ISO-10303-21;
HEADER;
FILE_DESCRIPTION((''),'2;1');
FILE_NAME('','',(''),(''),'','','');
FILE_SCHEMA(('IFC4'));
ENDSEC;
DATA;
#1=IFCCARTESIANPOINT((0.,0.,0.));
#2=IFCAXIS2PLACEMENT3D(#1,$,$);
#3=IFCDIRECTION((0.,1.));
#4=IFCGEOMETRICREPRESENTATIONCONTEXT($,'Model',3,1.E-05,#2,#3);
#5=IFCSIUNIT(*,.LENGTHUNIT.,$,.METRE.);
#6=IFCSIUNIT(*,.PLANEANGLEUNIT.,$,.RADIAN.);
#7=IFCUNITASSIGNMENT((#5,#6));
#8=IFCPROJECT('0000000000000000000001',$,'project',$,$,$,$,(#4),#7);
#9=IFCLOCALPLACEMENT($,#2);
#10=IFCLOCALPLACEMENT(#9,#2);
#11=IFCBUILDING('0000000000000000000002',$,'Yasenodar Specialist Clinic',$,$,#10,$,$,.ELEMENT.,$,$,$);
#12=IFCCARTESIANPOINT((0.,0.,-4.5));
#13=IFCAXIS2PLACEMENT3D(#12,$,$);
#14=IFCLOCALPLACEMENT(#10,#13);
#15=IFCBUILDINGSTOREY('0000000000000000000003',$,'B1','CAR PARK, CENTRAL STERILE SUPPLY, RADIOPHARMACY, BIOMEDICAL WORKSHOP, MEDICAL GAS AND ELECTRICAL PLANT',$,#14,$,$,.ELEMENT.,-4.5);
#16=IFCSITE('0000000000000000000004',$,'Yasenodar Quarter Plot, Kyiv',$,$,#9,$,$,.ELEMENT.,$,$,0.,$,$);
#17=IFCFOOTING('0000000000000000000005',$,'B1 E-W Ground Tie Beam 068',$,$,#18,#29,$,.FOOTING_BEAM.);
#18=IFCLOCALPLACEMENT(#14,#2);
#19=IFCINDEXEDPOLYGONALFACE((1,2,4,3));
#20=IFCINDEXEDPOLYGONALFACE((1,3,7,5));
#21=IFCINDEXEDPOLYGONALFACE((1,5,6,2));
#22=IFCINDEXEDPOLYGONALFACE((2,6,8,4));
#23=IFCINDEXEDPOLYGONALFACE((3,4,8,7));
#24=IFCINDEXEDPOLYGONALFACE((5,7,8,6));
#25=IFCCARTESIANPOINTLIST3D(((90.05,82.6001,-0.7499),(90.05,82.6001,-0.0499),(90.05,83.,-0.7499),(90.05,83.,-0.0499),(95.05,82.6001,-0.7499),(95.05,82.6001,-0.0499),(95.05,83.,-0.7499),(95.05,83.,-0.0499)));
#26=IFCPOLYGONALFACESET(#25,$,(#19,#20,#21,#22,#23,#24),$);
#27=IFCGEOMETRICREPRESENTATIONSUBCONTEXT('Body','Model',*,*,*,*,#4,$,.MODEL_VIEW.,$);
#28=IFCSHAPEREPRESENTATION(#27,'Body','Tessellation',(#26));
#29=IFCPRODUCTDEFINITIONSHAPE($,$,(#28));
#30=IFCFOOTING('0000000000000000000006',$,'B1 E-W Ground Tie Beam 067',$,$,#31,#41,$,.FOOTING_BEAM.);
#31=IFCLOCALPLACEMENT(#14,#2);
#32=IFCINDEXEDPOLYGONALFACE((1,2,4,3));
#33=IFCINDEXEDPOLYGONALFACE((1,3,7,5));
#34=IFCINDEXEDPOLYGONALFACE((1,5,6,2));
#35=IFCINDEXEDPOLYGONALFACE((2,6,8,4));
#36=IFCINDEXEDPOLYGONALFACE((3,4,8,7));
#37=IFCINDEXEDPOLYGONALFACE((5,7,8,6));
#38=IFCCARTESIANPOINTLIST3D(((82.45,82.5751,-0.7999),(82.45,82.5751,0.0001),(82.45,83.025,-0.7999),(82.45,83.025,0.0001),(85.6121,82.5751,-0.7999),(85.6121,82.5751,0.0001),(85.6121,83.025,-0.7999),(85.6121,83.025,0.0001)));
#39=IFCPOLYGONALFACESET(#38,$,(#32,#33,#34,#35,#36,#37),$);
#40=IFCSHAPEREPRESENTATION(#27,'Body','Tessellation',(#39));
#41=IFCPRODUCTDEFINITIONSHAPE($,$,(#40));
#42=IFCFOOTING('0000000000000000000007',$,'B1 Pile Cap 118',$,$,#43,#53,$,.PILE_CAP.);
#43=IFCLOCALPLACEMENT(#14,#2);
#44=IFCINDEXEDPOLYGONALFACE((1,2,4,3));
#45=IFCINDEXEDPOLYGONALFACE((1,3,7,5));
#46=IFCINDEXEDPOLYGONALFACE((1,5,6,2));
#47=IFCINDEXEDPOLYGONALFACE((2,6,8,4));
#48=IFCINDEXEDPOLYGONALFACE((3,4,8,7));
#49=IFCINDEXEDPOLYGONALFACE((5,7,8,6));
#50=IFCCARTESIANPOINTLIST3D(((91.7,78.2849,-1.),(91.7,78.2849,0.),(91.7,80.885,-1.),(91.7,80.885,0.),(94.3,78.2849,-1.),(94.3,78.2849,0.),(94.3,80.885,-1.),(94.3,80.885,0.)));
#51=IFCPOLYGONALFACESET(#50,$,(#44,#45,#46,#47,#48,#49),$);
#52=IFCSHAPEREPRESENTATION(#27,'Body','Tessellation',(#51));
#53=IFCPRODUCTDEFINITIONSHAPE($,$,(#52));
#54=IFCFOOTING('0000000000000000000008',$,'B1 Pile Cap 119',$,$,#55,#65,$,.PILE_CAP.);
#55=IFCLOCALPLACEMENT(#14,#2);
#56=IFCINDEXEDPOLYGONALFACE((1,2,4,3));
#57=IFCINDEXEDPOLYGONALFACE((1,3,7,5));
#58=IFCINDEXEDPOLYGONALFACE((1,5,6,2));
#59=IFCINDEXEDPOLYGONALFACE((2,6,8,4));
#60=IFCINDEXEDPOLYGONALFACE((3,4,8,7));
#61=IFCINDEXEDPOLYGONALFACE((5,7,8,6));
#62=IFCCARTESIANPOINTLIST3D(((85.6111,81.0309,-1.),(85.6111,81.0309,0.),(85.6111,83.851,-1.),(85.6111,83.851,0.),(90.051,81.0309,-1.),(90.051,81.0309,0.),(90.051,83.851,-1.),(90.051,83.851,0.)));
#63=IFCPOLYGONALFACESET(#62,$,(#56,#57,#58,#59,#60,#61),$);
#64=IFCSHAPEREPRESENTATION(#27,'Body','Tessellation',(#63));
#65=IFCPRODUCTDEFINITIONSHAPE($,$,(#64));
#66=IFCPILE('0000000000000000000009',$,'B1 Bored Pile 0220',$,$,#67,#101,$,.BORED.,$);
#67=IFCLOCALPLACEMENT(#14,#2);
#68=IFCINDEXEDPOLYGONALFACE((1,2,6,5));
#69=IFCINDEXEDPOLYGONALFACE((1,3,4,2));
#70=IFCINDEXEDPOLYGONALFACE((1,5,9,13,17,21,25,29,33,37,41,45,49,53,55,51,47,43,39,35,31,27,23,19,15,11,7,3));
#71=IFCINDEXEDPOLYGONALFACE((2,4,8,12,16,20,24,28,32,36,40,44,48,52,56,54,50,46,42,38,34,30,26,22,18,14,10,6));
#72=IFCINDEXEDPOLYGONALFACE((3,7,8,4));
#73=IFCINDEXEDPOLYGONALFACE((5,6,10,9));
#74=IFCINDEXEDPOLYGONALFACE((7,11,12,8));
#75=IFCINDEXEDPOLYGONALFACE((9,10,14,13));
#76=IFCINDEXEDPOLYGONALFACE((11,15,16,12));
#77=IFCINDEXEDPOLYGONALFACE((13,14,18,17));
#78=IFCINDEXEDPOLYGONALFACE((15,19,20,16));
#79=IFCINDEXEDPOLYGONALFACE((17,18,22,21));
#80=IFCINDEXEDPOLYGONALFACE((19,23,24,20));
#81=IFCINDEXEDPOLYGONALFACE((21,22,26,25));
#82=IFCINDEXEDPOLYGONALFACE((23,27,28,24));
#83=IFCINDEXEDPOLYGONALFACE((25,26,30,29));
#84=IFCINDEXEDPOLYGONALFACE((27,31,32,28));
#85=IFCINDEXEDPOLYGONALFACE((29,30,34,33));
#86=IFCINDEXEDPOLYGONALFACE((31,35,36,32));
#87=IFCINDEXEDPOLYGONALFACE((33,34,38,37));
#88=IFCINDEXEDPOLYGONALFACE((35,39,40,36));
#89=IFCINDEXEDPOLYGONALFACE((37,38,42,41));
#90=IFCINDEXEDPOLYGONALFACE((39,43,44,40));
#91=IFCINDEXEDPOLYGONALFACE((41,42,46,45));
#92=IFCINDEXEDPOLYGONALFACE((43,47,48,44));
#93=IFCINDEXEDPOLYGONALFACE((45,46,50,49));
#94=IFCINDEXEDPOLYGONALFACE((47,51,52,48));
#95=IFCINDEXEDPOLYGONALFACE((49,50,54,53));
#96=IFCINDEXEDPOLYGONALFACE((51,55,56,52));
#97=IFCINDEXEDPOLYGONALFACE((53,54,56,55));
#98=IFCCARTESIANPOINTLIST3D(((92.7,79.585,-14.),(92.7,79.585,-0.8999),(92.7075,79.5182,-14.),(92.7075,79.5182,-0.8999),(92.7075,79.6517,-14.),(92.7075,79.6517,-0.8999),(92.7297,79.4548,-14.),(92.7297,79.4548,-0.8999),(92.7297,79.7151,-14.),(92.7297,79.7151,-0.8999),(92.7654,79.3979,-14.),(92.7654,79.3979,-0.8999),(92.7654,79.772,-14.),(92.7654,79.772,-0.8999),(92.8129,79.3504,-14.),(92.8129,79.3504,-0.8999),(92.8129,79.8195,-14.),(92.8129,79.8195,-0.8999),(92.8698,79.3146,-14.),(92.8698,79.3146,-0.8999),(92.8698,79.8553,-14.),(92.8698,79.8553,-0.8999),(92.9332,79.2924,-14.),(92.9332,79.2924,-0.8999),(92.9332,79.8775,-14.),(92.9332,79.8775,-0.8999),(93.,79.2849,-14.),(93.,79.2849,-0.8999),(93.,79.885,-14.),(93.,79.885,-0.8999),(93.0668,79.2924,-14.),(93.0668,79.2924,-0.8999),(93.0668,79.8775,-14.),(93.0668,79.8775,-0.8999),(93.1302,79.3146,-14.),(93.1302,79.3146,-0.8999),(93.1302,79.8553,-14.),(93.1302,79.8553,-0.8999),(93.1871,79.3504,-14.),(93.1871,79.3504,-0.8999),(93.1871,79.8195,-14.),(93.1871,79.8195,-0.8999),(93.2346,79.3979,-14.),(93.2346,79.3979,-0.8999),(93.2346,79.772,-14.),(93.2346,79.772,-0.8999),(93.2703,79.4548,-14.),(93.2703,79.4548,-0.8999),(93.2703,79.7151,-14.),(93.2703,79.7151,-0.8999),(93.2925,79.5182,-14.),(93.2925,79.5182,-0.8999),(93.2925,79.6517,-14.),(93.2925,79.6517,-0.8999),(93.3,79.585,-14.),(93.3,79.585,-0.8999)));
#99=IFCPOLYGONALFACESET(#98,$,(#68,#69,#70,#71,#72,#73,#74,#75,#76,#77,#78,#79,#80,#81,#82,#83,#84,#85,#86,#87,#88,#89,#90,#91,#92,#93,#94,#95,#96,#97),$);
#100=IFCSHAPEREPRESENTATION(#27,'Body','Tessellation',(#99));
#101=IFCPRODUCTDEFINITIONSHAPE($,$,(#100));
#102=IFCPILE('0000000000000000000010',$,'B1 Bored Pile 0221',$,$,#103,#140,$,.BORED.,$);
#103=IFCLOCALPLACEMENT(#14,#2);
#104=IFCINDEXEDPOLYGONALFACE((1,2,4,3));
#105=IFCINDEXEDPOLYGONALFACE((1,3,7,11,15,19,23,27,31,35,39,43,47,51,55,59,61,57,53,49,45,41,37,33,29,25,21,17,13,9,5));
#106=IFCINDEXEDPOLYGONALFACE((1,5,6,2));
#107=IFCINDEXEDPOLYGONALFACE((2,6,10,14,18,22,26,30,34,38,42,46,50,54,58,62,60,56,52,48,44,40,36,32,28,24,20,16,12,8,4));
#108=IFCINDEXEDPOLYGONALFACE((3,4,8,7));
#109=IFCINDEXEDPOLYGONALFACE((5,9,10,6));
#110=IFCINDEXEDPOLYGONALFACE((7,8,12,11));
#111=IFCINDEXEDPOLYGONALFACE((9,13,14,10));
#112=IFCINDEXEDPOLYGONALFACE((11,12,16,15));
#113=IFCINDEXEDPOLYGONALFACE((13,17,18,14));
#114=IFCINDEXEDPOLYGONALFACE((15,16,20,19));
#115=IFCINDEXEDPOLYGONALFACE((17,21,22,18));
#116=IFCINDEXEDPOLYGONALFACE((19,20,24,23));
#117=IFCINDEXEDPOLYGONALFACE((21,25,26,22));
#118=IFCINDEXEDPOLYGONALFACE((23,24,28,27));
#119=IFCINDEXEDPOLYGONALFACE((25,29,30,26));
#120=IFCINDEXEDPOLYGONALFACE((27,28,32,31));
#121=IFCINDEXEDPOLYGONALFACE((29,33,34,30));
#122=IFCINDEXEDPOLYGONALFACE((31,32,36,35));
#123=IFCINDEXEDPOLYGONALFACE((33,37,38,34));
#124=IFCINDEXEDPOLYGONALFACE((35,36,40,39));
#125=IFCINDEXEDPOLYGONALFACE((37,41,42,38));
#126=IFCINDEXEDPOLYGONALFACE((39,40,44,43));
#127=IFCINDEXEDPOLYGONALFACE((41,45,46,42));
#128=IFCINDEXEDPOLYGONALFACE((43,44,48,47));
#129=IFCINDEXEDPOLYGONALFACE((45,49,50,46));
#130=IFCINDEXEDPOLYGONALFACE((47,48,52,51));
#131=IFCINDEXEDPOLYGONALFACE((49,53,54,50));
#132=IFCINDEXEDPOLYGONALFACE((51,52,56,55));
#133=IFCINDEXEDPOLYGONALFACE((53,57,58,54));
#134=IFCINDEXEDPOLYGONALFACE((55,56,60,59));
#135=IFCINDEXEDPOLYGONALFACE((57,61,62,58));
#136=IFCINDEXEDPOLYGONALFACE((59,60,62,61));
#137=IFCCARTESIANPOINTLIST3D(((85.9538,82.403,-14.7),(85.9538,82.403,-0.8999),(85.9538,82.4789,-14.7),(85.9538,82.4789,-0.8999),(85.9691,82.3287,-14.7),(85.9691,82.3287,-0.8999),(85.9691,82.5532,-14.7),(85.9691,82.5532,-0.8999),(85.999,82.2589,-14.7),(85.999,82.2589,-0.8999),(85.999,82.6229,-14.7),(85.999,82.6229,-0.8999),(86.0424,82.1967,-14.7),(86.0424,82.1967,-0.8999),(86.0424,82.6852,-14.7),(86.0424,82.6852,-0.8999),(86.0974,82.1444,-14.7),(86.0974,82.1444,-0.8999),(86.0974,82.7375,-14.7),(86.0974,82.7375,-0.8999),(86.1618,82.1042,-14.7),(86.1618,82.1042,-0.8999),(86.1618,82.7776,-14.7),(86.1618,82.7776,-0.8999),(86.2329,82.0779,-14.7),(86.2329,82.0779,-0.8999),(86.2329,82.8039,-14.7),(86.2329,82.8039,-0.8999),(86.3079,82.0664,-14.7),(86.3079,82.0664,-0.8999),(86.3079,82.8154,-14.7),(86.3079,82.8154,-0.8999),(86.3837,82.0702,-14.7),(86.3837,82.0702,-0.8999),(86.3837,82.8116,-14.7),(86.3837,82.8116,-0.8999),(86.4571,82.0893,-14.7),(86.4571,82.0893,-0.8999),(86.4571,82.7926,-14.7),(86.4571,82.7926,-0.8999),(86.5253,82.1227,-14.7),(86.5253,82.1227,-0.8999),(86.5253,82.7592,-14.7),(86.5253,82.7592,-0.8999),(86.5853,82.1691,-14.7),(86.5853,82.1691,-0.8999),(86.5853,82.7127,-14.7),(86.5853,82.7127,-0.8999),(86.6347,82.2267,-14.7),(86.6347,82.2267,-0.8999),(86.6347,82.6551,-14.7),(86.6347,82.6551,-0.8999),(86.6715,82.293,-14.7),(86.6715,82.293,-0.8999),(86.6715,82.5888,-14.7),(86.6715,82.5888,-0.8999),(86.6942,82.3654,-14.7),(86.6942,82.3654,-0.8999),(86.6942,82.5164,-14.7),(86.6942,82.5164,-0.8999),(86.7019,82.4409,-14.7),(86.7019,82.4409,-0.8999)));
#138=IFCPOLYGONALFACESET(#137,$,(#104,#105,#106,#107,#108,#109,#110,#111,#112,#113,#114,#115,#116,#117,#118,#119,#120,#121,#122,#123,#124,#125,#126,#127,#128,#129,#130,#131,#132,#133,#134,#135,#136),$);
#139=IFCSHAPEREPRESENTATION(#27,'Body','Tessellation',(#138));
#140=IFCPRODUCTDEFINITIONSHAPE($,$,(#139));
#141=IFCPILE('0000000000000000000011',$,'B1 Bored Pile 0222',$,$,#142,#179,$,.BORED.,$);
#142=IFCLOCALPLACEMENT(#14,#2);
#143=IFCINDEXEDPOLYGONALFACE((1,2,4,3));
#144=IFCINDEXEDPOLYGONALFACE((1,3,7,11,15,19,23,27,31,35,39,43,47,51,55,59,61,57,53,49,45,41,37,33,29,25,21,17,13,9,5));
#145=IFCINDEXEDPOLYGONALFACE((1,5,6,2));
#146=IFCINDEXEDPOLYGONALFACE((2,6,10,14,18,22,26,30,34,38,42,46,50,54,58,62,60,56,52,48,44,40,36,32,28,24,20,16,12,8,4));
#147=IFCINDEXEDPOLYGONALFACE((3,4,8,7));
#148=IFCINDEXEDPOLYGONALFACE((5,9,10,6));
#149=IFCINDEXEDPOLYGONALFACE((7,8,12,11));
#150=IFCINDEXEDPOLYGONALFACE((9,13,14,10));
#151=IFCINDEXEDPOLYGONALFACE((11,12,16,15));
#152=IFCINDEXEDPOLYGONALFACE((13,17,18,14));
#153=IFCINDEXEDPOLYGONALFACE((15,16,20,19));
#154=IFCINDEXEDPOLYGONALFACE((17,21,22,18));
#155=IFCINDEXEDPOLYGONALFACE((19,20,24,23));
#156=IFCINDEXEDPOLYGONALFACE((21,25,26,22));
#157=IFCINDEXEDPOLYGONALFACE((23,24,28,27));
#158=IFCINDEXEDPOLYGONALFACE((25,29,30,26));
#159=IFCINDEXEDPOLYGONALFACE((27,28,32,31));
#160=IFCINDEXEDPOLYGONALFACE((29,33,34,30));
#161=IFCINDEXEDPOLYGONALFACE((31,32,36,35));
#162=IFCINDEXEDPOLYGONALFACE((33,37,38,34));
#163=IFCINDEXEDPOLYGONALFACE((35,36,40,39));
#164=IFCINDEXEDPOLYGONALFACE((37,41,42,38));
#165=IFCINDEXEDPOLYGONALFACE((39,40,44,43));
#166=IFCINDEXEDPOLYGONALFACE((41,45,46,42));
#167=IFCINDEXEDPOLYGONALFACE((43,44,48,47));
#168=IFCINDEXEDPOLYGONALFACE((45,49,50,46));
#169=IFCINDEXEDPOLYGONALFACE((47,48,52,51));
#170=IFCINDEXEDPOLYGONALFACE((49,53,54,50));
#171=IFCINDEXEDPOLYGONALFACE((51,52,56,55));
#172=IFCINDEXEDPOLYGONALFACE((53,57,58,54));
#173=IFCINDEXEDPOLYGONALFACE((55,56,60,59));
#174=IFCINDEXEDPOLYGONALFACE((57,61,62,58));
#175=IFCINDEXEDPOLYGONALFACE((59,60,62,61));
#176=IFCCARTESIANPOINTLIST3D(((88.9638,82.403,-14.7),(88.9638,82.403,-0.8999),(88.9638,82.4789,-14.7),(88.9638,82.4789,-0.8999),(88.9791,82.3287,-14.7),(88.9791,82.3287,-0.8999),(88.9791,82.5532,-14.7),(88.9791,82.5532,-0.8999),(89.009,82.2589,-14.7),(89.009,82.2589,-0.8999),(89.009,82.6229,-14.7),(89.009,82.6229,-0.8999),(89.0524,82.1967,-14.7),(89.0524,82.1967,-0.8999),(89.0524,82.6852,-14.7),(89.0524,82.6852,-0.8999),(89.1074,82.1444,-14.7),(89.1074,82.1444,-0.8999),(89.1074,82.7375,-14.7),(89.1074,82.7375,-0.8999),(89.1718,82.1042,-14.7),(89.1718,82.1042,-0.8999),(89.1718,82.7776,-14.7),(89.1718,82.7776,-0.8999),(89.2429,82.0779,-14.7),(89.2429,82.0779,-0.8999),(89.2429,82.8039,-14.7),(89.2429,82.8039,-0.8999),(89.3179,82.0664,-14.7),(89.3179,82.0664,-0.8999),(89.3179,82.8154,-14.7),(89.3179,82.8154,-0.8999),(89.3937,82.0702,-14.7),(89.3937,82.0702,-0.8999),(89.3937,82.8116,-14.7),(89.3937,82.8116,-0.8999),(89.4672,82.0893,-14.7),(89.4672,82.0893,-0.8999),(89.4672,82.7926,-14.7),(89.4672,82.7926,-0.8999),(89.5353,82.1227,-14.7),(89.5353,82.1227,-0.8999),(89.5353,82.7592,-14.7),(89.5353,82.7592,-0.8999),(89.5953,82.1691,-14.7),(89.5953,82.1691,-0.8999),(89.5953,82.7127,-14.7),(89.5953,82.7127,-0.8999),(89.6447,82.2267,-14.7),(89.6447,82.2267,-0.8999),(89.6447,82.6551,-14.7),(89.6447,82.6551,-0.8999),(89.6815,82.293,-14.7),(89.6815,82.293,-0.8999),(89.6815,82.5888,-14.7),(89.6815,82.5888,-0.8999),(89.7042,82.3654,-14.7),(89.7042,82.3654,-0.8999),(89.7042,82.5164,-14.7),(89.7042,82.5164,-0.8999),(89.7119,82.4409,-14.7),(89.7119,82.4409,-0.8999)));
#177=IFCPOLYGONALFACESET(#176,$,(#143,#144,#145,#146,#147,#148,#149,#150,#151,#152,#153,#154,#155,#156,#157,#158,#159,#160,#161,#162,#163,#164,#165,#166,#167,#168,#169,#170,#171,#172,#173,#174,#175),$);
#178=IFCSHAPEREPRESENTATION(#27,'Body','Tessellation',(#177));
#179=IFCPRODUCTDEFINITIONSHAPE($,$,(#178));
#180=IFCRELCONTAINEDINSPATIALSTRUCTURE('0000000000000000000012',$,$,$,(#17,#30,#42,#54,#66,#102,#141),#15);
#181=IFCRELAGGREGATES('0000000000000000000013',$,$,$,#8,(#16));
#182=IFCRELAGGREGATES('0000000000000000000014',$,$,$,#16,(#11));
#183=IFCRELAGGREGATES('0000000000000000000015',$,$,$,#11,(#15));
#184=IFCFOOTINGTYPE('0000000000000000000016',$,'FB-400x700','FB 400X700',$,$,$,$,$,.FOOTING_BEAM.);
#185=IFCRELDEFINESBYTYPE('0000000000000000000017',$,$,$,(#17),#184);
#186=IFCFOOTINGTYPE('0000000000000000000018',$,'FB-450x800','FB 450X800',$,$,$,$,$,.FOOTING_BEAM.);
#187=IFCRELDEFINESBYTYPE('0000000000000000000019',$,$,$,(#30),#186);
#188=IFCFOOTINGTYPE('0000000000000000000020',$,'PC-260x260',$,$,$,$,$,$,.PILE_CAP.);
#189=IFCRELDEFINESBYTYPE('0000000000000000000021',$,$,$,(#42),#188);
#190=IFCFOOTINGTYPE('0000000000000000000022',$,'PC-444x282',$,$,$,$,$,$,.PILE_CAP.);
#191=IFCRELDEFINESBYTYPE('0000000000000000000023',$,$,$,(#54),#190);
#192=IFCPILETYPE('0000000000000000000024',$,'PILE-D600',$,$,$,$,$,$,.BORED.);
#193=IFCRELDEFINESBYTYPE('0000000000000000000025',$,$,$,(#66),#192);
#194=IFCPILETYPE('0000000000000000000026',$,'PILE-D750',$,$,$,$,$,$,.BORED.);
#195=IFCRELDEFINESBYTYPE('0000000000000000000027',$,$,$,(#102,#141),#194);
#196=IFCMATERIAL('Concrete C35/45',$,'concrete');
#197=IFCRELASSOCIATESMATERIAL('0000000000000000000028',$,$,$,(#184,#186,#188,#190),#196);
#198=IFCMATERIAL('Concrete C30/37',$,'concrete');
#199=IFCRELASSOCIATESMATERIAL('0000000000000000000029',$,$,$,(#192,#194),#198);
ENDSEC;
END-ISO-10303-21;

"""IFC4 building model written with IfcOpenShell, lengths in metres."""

from ifc_helpers import new_model, si_unit, direction, frame, origin, origin_2d, place, context, subcontext, project, spatial, rectangle, circle, extrude, material, material_profile, profile_set, type_object, element, save


model = new_model("IFC4")

# Units and contexts
model_context = context("Model", 3, precision=1e-05, world=origin(), true_north=direction((0.0, 1.0)))
body_context = subcontext(model_context, "Body", "Model", "MODEL_VIEW")
ifc_project = project(units=[si_unit("LENGTHUNIT", "METRE"), si_unit("PLANEANGLEUNIT", "RADIAN")], contexts=[model_context])

# Site, building, storey
site_placement = place(None, origin())
site = spatial("IfcSite", under=ifc_project, at=site_placement, Name="Yasenodar Quarter Plot, Kyiv", CompositionType="ELEMENT", RefElevation=0.0)
building_placement = place(site_placement, origin())
building = spatial("IfcBuilding", under=site, at=building_placement, Name="Yasenodar Specialist Clinic", CompositionType="ELEMENT")
storey_placement = place(building_placement, frame((0.0, 0.0, -4.5)))
storey = spatial("IfcBuildingStorey", under=building, at=storey_placement, Name="B1", Description="CAR PARK, CENTRAL STERILE SUPPLY, RADIOPHARMACY, BIOMEDICAL WORKSHOP, MEDICAL GAS AND ELECTRICAL PLANT", CompositionType="ELEMENT", Elevation=-4.5)

# Footings
ifc_material_1 = material(Name="Concrete C35/45", Category="concrete")
ifc_material_profile_1 = material_profile(ifc_material_1, rectangle(XDim=0.3999, YDim=0.7, at=origin_2d()), Name="RC 400x700")
ifc_profile_set_1 = profile_set([ifc_material_profile_1], Name="Concrete C35/45")
footing_type_1 = type_object("IfcFootingType", Name="FB-400x700", Description="FB 400X700", PredefinedType="FOOTING_BEAM", material=ifc_profile_set_1)
footing_1_placement = place(storey_placement, frame((90.05, 82.8, -0.3999), z_axis=(1.0, 0.0, 0.0), x_axis=(0.0, 1.0, 0.0)))
element("IfcFooting", 1, at=footing_1_placement, inside=storey, type_object=footing_type_1, Name="B1 E-W Ground Tie Beam 068", PredefinedType="FOOTING_BEAM", context=body_context, shape_type="SweptSolid", body=[
    extrude(rectangle(XDim=0.3999, YDim=0.7, at=origin_2d()), origin(), (0.0, 0.0, 1.0), 5.0),
])
ifc_material_profile_2 = material_profile(ifc_material_1, rectangle(XDim=0.45, YDim=0.8, at=origin_2d()), Name="RC 450x800")
ifc_profile_set_2 = profile_set([ifc_material_profile_2], Name="Concrete C35/45")
footing_type_2 = type_object("IfcFootingType", Name="FB-450x800", Description="FB 450X800", PredefinedType="FOOTING_BEAM", material=ifc_profile_set_2)
footing_2_placement = place(storey_placement, frame((82.45, 82.8, -0.3999), z_axis=(1.0, 0.0, 0.0), x_axis=(0.0, 1.0, 0.0)))
element("IfcFooting", 2, at=footing_2_placement, inside=storey, type_object=footing_type_2, Name="B1 E-W Ground Tie Beam 067", PredefinedType="FOOTING_BEAM", context=body_context, shape_type="SweptSolid", body=[
    extrude(rectangle(XDim=0.45, YDim=0.8, at=origin_2d()), origin(), (0.0, 0.0, 1.0), 3.1621),
])
footing_type_3 = type_object("IfcFootingType", Name="PC-260x260", PredefinedType="PILE_CAP", material=ifc_material_1)
footing_3_placement = place(storey_placement, frame((93.0, 79.585, -1.0), z_axis=(0.0, 0.0, 1.0), x_axis=(1.0, 0.0, 0.0)))
element("IfcFooting", 3, at=footing_3_placement, inside=storey, type_object=footing_type_3, Name="B1 Pile Cap 118", PredefinedType="PILE_CAP", context=body_context, shape_type="SweptSolid", body=[
    extrude(rectangle(XDim=2.6001, YDim=2.6001, at=origin_2d()), origin(), (0.0, 0.0, 1.0), 1.0),
])
footing_type_4 = type_object("IfcFootingType", Name="PC-444x282", PredefinedType="PILE_CAP", material=ifc_material_1)
footing_4_placement = place(storey_placement, frame((87.8311, 82.4409, -1.0), z_axis=(0.0, 0.0, 1.0), x_axis=(1.0, 0.0, 0.0)))
element("IfcFooting", 4, at=footing_4_placement, inside=storey, type_object=footing_type_4, Name="B1 Pile Cap 119", PredefinedType="PILE_CAP", context=body_context, shape_type="SweptSolid", body=[
    extrude(rectangle(XDim=4.4399, YDim=2.8201, at=origin_2d()), origin(), (0.0, 0.0, 1.0), 1.0),
])

# Piles
ifc_material_2 = material(Name="Concrete C30/37", Category="concrete")
ifc_material_profile_3 = material_profile(ifc_material_2, circle(Radius=0.3, at=origin_2d()), Name="PILE D600")
ifc_profile_set_3 = profile_set([ifc_material_profile_3], Name="Concrete C30/37")
pile_type_1 = type_object("IfcPileType", Name="PILE-D600", PredefinedType="BORED", material=ifc_profile_set_3)
pile_1_placement = place(storey_placement, frame((93.0, 79.585, -0.8999), z_axis=(0.0, 0.0, -1.0), x_axis=(1.0, 0.0, 0.0)))
element("IfcPile", 5, at=pile_1_placement, inside=storey, type_object=pile_type_1, Name="B1 Bored Pile 0220", PredefinedType="BORED", context=body_context, shape_type="SweptSolid", body=[
    extrude(circle(Radius=0.3, at=origin_2d()), origin(), (0.0, 0.0, 1.0), 13.1001),
])
ifc_material_profile_4 = material_profile(ifc_material_2, circle(Radius=0.375, at=origin_2d()), Name="PILE D750")
ifc_profile_set_4 = profile_set([ifc_material_profile_4], Name="Concrete C30/37")
pile_type_2 = type_object("IfcPileType", Name="PILE-D750", PredefinedType="BORED", material=ifc_profile_set_4)
for number, where, z_axis, x_axis, name in (
    (6, (86.3269, 82.4409, -0.8999), (0.0, 0.0, -1.0), (1.0, 0.0, 0.0), "B1 Bored Pile 0221"),
    (7, (89.3369, 82.4409, -0.8999), (0.0, 0.0, -1.0), (1.0, 0.0, 0.0), "B1 Bored Pile 0222"),
):
    element("IfcPile", number, at=place(storey_placement, frame(where, z_axis=z_axis, x_axis=x_axis)), inside=storey, type_object=pile_type_2, Name=name, PredefinedType="BORED", context=body_context, shape_type="SweptSolid", body=[
        extrude(circle(Radius=0.375, at=origin_2d()), origin(), (0.0, 0.0, 1.0), 13.8),
    ])

save(model, "model.ifc")
